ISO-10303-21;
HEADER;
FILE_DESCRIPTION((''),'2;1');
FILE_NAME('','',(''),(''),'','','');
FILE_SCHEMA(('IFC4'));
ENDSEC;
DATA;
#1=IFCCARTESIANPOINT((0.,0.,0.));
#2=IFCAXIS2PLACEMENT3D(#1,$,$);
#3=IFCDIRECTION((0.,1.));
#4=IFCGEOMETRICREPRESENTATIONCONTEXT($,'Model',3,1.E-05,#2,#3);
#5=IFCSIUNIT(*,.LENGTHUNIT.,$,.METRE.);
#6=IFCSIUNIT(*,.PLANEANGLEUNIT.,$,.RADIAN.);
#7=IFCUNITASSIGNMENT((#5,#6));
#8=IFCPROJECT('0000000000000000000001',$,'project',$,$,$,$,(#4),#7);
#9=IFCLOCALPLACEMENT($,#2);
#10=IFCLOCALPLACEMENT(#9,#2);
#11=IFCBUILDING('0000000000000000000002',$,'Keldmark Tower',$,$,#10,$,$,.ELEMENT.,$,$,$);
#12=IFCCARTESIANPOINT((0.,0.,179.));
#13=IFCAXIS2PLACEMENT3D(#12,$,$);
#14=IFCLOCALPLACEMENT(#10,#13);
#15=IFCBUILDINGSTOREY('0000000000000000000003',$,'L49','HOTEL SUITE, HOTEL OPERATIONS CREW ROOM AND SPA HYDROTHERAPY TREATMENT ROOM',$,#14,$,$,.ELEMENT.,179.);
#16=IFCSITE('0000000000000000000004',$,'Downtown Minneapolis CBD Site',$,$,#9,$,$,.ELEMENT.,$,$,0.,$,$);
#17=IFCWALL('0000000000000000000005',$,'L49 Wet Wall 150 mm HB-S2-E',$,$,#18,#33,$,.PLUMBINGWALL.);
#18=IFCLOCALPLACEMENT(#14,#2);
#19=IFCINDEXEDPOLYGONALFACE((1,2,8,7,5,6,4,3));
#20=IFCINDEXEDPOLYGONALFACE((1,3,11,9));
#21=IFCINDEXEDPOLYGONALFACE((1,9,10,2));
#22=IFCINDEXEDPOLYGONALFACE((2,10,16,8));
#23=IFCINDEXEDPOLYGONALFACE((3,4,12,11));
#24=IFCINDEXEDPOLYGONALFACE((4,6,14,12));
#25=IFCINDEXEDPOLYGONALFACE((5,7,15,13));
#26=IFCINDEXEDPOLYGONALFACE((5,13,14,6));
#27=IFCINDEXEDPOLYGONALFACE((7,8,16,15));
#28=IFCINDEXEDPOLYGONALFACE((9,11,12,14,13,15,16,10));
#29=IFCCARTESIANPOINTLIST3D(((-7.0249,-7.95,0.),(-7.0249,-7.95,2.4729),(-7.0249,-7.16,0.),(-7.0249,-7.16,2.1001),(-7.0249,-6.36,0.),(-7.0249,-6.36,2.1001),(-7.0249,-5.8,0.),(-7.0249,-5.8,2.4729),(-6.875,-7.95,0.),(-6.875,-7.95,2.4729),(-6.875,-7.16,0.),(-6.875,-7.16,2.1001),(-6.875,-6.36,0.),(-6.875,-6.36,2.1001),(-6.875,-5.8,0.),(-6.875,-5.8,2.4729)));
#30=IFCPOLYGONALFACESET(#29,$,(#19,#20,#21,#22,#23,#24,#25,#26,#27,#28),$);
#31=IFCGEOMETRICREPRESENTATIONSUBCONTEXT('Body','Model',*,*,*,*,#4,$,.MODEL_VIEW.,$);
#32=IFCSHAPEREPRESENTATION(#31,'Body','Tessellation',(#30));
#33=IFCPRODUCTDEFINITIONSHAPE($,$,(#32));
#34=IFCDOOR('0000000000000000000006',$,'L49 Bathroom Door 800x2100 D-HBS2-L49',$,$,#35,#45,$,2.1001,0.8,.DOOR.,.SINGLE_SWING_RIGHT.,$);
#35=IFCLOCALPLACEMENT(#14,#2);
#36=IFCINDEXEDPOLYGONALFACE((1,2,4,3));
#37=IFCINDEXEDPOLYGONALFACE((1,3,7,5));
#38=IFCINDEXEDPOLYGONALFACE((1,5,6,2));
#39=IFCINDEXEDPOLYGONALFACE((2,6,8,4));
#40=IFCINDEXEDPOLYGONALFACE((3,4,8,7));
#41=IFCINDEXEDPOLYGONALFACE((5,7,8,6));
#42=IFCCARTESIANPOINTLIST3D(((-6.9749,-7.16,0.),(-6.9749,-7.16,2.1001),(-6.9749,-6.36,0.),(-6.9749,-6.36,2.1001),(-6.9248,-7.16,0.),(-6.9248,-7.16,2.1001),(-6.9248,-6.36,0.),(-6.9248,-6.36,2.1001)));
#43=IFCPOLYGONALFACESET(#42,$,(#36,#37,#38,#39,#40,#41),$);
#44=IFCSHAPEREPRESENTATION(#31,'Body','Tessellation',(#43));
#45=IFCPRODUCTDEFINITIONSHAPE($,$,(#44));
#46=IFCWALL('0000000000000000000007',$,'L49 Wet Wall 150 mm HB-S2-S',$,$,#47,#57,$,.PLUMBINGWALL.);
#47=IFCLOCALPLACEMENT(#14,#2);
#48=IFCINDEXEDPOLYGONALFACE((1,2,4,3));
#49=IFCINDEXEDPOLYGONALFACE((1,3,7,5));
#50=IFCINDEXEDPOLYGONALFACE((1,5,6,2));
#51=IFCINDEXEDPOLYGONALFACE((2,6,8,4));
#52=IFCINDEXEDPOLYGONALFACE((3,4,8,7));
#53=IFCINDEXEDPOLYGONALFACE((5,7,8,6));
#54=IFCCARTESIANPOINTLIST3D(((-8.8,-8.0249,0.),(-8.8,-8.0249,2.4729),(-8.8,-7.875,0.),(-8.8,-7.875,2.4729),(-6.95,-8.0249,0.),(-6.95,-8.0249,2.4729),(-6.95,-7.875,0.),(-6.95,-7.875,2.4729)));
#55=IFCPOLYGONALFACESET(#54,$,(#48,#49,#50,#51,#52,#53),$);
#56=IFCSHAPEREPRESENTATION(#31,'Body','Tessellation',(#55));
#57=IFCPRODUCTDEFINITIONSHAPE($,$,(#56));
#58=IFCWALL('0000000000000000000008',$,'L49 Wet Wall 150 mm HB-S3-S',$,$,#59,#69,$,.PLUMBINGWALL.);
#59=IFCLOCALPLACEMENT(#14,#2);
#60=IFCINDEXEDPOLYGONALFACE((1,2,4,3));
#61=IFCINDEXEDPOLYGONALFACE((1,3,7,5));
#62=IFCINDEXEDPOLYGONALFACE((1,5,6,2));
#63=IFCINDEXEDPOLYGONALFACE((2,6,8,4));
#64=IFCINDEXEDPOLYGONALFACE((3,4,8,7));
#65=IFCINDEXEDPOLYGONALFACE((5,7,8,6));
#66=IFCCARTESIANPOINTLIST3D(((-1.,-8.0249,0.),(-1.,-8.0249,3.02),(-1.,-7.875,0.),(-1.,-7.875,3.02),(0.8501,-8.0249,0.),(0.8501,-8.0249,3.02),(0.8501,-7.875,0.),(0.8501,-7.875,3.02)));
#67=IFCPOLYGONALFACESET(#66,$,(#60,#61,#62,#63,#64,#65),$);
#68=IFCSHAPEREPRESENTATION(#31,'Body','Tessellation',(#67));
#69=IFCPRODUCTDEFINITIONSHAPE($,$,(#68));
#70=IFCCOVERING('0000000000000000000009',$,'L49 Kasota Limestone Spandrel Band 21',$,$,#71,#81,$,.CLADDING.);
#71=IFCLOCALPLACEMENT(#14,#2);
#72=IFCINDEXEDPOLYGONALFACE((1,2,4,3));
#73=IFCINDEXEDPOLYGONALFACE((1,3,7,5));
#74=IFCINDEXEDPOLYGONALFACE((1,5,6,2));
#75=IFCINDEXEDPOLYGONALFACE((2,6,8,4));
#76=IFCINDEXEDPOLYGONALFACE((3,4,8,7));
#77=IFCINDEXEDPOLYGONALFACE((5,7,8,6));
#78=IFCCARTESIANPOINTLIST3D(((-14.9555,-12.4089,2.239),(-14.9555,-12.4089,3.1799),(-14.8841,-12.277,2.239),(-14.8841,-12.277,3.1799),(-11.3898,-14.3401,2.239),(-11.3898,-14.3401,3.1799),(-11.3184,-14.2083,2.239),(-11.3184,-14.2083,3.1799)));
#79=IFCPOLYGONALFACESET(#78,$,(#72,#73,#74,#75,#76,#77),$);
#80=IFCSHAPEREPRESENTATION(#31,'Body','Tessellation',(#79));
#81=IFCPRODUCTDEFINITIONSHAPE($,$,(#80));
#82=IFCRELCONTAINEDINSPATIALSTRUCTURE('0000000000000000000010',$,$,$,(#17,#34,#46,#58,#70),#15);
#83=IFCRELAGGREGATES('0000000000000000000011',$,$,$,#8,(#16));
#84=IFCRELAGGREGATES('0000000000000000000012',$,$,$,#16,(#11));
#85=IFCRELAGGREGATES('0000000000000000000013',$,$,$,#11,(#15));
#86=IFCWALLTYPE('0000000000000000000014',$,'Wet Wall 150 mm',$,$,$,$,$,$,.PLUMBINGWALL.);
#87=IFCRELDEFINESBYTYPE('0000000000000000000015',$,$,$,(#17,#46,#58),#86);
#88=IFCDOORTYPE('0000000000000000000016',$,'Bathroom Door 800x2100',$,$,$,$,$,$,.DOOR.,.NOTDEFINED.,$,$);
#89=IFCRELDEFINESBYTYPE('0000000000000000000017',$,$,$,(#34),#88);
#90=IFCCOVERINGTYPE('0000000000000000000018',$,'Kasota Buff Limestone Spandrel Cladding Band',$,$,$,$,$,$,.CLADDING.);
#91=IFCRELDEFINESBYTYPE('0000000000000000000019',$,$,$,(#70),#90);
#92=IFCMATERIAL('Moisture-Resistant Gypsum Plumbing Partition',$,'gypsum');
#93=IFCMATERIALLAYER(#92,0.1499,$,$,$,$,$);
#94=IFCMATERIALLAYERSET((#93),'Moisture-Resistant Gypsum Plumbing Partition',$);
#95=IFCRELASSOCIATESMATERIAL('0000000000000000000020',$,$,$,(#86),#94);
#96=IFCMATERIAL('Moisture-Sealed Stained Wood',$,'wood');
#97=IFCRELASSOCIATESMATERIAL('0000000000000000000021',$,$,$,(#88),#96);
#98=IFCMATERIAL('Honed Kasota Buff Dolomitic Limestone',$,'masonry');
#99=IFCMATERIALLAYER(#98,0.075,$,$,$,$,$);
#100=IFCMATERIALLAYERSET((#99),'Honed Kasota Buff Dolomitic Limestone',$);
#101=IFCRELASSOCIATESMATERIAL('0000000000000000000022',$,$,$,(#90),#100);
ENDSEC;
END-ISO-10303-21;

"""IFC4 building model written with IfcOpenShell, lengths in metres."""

from ifc_helpers import new_model, si_unit, direction, frame, frame_2d, origin, origin_2d, place, context, subcontext, project, spatial, rectangle, extrude, material, layer, layer_set, type_object, element, fill, save


model = new_model("IFC4")

# Units and contexts
model_context = context("Model", 3, precision=1e-05, world=origin(), true_north=direction((0.0, 1.0)))
body_context = subcontext(model_context, "Body", "Model", "MODEL_VIEW")
ifc_project = project(units=[si_unit("LENGTHUNIT", "METRE"), si_unit("PLANEANGLEUNIT", "RADIAN")], contexts=[model_context])

# Site, building, storey
site_placement = place(None, origin())
site = spatial("IfcSite", under=ifc_project, at=site_placement, Name="Downtown Minneapolis CBD Site", CompositionType="ELEMENT", RefElevation=0.0)
building_placement = place(site_placement, origin())
building = spatial("IfcBuilding", under=site, at=building_placement, Name="Keldmark Tower", CompositionType="ELEMENT")
storey_placement = place(building_placement, frame((0.0, 0.0, 179.0)))
storey = spatial("IfcBuildingStorey", under=building, at=storey_placement, Name="L49", Description="HOTEL SUITE, HOTEL OPERATIONS CREW ROOM AND SPA HYDROTHERAPY TREATMENT ROOM", CompositionType="ELEMENT", Elevation=179.0)

# Shared definitions
ifc_material_1 = material(Name="Moisture-Resistant Gypsum Plumbing Partition", Category="gypsum")
ifc_layer_1 = layer(ifc_material_1, 0.1499)
ifc_layer_set_1 = layer_set([ifc_layer_1], Name="Moisture-Resistant Gypsum Plumbing Partition")
wall_type_1 = type_object("IfcWallType", Name="Wet Wall 150 mm", PredefinedType="PLUMBINGWALL", material=ifc_layer_set_1)

# Wall, opening, door
wall_1_placement = place(storey_placement, frame((-6.95, -7.95, 0.0), z_axis=(0.0, 0.0, 1.0), x_axis=(0.0, 1.0, 0.0)))
wall_1 = element("IfcWall", 1, at=wall_1_placement, inside=storey, type_object=wall_type_1, Name="L49 Wet Wall 150 mm HB-S2-E", PredefinedType="PLUMBINGWALL", context=body_context, shape_type="SweptSolid", body=[
    extrude(rectangle(XDim=2.1499, YDim=0.1499, at=frame_2d((1.075, 0.0))), origin(), (0.0, 0.0, 1.0), 2.4729),
])
opening_1_placement = place(wall_1_placement, frame((0.79, 0.0, 0.0)))
opening_1 = element("IfcOpeningElement", 2, at=opening_1_placement, cuts=wall_1, PredefinedType="OPENING", context=body_context, shape_type="SweptSolid", body=[
    extrude(rectangle(XDim=0.8, YDim=2.1001, at=frame_2d((0.3999, 1.05))), frame((0.0, 0.085, 0.0), z_axis=(0.0, -1.0, 0.0), x_axis=(1.0, 0.0, 0.0)), (0.0, 0.0, 1.0), 0.1699),
])
ifc_material_2 = material(Name="Moisture-Sealed Stained Wood", Category="wood")
door_type = type_object("IfcDoorType", Name="Bathroom Door 800x2100", OperationType="NOTDEFINED", PredefinedType="DOOR", material=ifc_material_2)
door_placement = place(opening_1_placement, origin())
door = element("IfcDoor", 3, at=door_placement, inside=storey, type_object=door_type, Name="L49 Bathroom Door 800x2100 D-HBS2-L49", OperationType="SINGLE_SWING_RIGHT", OverallHeight=2.1001, OverallWidth=0.8, PredefinedType="DOOR", context=body_context, shape_type="SweptSolid", body=[
    extrude(rectangle(XDim=0.8, YDim=2.1001, at=frame_2d((0.3999, 1.05))), frame((0.0, 0.0249, 0.0), z_axis=(0.0, -1.0, 0.0), x_axis=(1.0, 0.0, 0.0)), (0.0, 0.0, 1.0), 0.05),
])
fill(opening_1, door)

# Walls
wall_2_placement = place(storey_placement, frame((-8.8, -7.95, 0.0), z_axis=(0.0, 0.0, 1.0), x_axis=(1.0, 0.0, 0.0)))
element("IfcWall", 4, at=wall_2_placement, inside=storey, type_object=wall_type_1, Name="L49 Wet Wall 150 mm HB-S2-S", PredefinedType="PLUMBINGWALL", context=body_context, shape_type="SweptSolid", body=[
    extrude(rectangle(XDim=1.8501, YDim=0.1499, at=frame_2d((0.925, 0.0))), origin(), (0.0, 0.0, 1.0), 2.4729),
])
wall_3_placement = place(storey_placement, frame((-1.0, -7.95, 0.0), z_axis=(0.0, 0.0, 1.0), x_axis=(1.0, 0.0, 0.0)))
element("IfcWall", 5, at=wall_3_placement, inside=storey, type_object=wall_type_1, Name="L49 Wet Wall 150 mm HB-S3-S", PredefinedType="PLUMBINGWALL", context=body_context, shape_type="SweptSolid", body=[
    extrude(rectangle(XDim=1.8501, YDim=0.1499, at=frame_2d((0.925, 0.0))), origin(), (0.0, 0.0, 1.0), 3.02),
])

# Covering
ifc_material_3 = material(Name="Honed Kasota Buff Dolomitic Limestone", Category="masonry")
ifc_layer_2 = layer(ifc_material_3, 0.075)
ifc_layer_set_2 = layer_set([ifc_layer_2], Name="Honed Kasota Buff Dolomitic Limestone")
covering_type = type_object("IfcCoveringType", Name="Kasota Buff Limestone Spandrel Cladding Band", PredefinedType="CLADDING", material=ifc_layer_set_2)
covering_placement = place(storey_placement, frame((-13.137, -13.3086, 2.239), z_axis=(0.0, 0.0, 1.0), x_axis=(0.879308, -0.476254, 0.0)))
element("IfcCovering", 6, at=covering_placement, inside=storey, type_object=covering_type, Name="L49 Kasota Limestone Spandrel Band 21", PredefinedType="CLADDING", context=body_context, shape_type="SweptSolid", body=[
    extrude(rectangle(XDim=4.0552, YDim=0.1499, at=origin_2d()), origin(), (0.0, 0.0, 1.0), 0.9409),
])

save(model, "model.ifc")
